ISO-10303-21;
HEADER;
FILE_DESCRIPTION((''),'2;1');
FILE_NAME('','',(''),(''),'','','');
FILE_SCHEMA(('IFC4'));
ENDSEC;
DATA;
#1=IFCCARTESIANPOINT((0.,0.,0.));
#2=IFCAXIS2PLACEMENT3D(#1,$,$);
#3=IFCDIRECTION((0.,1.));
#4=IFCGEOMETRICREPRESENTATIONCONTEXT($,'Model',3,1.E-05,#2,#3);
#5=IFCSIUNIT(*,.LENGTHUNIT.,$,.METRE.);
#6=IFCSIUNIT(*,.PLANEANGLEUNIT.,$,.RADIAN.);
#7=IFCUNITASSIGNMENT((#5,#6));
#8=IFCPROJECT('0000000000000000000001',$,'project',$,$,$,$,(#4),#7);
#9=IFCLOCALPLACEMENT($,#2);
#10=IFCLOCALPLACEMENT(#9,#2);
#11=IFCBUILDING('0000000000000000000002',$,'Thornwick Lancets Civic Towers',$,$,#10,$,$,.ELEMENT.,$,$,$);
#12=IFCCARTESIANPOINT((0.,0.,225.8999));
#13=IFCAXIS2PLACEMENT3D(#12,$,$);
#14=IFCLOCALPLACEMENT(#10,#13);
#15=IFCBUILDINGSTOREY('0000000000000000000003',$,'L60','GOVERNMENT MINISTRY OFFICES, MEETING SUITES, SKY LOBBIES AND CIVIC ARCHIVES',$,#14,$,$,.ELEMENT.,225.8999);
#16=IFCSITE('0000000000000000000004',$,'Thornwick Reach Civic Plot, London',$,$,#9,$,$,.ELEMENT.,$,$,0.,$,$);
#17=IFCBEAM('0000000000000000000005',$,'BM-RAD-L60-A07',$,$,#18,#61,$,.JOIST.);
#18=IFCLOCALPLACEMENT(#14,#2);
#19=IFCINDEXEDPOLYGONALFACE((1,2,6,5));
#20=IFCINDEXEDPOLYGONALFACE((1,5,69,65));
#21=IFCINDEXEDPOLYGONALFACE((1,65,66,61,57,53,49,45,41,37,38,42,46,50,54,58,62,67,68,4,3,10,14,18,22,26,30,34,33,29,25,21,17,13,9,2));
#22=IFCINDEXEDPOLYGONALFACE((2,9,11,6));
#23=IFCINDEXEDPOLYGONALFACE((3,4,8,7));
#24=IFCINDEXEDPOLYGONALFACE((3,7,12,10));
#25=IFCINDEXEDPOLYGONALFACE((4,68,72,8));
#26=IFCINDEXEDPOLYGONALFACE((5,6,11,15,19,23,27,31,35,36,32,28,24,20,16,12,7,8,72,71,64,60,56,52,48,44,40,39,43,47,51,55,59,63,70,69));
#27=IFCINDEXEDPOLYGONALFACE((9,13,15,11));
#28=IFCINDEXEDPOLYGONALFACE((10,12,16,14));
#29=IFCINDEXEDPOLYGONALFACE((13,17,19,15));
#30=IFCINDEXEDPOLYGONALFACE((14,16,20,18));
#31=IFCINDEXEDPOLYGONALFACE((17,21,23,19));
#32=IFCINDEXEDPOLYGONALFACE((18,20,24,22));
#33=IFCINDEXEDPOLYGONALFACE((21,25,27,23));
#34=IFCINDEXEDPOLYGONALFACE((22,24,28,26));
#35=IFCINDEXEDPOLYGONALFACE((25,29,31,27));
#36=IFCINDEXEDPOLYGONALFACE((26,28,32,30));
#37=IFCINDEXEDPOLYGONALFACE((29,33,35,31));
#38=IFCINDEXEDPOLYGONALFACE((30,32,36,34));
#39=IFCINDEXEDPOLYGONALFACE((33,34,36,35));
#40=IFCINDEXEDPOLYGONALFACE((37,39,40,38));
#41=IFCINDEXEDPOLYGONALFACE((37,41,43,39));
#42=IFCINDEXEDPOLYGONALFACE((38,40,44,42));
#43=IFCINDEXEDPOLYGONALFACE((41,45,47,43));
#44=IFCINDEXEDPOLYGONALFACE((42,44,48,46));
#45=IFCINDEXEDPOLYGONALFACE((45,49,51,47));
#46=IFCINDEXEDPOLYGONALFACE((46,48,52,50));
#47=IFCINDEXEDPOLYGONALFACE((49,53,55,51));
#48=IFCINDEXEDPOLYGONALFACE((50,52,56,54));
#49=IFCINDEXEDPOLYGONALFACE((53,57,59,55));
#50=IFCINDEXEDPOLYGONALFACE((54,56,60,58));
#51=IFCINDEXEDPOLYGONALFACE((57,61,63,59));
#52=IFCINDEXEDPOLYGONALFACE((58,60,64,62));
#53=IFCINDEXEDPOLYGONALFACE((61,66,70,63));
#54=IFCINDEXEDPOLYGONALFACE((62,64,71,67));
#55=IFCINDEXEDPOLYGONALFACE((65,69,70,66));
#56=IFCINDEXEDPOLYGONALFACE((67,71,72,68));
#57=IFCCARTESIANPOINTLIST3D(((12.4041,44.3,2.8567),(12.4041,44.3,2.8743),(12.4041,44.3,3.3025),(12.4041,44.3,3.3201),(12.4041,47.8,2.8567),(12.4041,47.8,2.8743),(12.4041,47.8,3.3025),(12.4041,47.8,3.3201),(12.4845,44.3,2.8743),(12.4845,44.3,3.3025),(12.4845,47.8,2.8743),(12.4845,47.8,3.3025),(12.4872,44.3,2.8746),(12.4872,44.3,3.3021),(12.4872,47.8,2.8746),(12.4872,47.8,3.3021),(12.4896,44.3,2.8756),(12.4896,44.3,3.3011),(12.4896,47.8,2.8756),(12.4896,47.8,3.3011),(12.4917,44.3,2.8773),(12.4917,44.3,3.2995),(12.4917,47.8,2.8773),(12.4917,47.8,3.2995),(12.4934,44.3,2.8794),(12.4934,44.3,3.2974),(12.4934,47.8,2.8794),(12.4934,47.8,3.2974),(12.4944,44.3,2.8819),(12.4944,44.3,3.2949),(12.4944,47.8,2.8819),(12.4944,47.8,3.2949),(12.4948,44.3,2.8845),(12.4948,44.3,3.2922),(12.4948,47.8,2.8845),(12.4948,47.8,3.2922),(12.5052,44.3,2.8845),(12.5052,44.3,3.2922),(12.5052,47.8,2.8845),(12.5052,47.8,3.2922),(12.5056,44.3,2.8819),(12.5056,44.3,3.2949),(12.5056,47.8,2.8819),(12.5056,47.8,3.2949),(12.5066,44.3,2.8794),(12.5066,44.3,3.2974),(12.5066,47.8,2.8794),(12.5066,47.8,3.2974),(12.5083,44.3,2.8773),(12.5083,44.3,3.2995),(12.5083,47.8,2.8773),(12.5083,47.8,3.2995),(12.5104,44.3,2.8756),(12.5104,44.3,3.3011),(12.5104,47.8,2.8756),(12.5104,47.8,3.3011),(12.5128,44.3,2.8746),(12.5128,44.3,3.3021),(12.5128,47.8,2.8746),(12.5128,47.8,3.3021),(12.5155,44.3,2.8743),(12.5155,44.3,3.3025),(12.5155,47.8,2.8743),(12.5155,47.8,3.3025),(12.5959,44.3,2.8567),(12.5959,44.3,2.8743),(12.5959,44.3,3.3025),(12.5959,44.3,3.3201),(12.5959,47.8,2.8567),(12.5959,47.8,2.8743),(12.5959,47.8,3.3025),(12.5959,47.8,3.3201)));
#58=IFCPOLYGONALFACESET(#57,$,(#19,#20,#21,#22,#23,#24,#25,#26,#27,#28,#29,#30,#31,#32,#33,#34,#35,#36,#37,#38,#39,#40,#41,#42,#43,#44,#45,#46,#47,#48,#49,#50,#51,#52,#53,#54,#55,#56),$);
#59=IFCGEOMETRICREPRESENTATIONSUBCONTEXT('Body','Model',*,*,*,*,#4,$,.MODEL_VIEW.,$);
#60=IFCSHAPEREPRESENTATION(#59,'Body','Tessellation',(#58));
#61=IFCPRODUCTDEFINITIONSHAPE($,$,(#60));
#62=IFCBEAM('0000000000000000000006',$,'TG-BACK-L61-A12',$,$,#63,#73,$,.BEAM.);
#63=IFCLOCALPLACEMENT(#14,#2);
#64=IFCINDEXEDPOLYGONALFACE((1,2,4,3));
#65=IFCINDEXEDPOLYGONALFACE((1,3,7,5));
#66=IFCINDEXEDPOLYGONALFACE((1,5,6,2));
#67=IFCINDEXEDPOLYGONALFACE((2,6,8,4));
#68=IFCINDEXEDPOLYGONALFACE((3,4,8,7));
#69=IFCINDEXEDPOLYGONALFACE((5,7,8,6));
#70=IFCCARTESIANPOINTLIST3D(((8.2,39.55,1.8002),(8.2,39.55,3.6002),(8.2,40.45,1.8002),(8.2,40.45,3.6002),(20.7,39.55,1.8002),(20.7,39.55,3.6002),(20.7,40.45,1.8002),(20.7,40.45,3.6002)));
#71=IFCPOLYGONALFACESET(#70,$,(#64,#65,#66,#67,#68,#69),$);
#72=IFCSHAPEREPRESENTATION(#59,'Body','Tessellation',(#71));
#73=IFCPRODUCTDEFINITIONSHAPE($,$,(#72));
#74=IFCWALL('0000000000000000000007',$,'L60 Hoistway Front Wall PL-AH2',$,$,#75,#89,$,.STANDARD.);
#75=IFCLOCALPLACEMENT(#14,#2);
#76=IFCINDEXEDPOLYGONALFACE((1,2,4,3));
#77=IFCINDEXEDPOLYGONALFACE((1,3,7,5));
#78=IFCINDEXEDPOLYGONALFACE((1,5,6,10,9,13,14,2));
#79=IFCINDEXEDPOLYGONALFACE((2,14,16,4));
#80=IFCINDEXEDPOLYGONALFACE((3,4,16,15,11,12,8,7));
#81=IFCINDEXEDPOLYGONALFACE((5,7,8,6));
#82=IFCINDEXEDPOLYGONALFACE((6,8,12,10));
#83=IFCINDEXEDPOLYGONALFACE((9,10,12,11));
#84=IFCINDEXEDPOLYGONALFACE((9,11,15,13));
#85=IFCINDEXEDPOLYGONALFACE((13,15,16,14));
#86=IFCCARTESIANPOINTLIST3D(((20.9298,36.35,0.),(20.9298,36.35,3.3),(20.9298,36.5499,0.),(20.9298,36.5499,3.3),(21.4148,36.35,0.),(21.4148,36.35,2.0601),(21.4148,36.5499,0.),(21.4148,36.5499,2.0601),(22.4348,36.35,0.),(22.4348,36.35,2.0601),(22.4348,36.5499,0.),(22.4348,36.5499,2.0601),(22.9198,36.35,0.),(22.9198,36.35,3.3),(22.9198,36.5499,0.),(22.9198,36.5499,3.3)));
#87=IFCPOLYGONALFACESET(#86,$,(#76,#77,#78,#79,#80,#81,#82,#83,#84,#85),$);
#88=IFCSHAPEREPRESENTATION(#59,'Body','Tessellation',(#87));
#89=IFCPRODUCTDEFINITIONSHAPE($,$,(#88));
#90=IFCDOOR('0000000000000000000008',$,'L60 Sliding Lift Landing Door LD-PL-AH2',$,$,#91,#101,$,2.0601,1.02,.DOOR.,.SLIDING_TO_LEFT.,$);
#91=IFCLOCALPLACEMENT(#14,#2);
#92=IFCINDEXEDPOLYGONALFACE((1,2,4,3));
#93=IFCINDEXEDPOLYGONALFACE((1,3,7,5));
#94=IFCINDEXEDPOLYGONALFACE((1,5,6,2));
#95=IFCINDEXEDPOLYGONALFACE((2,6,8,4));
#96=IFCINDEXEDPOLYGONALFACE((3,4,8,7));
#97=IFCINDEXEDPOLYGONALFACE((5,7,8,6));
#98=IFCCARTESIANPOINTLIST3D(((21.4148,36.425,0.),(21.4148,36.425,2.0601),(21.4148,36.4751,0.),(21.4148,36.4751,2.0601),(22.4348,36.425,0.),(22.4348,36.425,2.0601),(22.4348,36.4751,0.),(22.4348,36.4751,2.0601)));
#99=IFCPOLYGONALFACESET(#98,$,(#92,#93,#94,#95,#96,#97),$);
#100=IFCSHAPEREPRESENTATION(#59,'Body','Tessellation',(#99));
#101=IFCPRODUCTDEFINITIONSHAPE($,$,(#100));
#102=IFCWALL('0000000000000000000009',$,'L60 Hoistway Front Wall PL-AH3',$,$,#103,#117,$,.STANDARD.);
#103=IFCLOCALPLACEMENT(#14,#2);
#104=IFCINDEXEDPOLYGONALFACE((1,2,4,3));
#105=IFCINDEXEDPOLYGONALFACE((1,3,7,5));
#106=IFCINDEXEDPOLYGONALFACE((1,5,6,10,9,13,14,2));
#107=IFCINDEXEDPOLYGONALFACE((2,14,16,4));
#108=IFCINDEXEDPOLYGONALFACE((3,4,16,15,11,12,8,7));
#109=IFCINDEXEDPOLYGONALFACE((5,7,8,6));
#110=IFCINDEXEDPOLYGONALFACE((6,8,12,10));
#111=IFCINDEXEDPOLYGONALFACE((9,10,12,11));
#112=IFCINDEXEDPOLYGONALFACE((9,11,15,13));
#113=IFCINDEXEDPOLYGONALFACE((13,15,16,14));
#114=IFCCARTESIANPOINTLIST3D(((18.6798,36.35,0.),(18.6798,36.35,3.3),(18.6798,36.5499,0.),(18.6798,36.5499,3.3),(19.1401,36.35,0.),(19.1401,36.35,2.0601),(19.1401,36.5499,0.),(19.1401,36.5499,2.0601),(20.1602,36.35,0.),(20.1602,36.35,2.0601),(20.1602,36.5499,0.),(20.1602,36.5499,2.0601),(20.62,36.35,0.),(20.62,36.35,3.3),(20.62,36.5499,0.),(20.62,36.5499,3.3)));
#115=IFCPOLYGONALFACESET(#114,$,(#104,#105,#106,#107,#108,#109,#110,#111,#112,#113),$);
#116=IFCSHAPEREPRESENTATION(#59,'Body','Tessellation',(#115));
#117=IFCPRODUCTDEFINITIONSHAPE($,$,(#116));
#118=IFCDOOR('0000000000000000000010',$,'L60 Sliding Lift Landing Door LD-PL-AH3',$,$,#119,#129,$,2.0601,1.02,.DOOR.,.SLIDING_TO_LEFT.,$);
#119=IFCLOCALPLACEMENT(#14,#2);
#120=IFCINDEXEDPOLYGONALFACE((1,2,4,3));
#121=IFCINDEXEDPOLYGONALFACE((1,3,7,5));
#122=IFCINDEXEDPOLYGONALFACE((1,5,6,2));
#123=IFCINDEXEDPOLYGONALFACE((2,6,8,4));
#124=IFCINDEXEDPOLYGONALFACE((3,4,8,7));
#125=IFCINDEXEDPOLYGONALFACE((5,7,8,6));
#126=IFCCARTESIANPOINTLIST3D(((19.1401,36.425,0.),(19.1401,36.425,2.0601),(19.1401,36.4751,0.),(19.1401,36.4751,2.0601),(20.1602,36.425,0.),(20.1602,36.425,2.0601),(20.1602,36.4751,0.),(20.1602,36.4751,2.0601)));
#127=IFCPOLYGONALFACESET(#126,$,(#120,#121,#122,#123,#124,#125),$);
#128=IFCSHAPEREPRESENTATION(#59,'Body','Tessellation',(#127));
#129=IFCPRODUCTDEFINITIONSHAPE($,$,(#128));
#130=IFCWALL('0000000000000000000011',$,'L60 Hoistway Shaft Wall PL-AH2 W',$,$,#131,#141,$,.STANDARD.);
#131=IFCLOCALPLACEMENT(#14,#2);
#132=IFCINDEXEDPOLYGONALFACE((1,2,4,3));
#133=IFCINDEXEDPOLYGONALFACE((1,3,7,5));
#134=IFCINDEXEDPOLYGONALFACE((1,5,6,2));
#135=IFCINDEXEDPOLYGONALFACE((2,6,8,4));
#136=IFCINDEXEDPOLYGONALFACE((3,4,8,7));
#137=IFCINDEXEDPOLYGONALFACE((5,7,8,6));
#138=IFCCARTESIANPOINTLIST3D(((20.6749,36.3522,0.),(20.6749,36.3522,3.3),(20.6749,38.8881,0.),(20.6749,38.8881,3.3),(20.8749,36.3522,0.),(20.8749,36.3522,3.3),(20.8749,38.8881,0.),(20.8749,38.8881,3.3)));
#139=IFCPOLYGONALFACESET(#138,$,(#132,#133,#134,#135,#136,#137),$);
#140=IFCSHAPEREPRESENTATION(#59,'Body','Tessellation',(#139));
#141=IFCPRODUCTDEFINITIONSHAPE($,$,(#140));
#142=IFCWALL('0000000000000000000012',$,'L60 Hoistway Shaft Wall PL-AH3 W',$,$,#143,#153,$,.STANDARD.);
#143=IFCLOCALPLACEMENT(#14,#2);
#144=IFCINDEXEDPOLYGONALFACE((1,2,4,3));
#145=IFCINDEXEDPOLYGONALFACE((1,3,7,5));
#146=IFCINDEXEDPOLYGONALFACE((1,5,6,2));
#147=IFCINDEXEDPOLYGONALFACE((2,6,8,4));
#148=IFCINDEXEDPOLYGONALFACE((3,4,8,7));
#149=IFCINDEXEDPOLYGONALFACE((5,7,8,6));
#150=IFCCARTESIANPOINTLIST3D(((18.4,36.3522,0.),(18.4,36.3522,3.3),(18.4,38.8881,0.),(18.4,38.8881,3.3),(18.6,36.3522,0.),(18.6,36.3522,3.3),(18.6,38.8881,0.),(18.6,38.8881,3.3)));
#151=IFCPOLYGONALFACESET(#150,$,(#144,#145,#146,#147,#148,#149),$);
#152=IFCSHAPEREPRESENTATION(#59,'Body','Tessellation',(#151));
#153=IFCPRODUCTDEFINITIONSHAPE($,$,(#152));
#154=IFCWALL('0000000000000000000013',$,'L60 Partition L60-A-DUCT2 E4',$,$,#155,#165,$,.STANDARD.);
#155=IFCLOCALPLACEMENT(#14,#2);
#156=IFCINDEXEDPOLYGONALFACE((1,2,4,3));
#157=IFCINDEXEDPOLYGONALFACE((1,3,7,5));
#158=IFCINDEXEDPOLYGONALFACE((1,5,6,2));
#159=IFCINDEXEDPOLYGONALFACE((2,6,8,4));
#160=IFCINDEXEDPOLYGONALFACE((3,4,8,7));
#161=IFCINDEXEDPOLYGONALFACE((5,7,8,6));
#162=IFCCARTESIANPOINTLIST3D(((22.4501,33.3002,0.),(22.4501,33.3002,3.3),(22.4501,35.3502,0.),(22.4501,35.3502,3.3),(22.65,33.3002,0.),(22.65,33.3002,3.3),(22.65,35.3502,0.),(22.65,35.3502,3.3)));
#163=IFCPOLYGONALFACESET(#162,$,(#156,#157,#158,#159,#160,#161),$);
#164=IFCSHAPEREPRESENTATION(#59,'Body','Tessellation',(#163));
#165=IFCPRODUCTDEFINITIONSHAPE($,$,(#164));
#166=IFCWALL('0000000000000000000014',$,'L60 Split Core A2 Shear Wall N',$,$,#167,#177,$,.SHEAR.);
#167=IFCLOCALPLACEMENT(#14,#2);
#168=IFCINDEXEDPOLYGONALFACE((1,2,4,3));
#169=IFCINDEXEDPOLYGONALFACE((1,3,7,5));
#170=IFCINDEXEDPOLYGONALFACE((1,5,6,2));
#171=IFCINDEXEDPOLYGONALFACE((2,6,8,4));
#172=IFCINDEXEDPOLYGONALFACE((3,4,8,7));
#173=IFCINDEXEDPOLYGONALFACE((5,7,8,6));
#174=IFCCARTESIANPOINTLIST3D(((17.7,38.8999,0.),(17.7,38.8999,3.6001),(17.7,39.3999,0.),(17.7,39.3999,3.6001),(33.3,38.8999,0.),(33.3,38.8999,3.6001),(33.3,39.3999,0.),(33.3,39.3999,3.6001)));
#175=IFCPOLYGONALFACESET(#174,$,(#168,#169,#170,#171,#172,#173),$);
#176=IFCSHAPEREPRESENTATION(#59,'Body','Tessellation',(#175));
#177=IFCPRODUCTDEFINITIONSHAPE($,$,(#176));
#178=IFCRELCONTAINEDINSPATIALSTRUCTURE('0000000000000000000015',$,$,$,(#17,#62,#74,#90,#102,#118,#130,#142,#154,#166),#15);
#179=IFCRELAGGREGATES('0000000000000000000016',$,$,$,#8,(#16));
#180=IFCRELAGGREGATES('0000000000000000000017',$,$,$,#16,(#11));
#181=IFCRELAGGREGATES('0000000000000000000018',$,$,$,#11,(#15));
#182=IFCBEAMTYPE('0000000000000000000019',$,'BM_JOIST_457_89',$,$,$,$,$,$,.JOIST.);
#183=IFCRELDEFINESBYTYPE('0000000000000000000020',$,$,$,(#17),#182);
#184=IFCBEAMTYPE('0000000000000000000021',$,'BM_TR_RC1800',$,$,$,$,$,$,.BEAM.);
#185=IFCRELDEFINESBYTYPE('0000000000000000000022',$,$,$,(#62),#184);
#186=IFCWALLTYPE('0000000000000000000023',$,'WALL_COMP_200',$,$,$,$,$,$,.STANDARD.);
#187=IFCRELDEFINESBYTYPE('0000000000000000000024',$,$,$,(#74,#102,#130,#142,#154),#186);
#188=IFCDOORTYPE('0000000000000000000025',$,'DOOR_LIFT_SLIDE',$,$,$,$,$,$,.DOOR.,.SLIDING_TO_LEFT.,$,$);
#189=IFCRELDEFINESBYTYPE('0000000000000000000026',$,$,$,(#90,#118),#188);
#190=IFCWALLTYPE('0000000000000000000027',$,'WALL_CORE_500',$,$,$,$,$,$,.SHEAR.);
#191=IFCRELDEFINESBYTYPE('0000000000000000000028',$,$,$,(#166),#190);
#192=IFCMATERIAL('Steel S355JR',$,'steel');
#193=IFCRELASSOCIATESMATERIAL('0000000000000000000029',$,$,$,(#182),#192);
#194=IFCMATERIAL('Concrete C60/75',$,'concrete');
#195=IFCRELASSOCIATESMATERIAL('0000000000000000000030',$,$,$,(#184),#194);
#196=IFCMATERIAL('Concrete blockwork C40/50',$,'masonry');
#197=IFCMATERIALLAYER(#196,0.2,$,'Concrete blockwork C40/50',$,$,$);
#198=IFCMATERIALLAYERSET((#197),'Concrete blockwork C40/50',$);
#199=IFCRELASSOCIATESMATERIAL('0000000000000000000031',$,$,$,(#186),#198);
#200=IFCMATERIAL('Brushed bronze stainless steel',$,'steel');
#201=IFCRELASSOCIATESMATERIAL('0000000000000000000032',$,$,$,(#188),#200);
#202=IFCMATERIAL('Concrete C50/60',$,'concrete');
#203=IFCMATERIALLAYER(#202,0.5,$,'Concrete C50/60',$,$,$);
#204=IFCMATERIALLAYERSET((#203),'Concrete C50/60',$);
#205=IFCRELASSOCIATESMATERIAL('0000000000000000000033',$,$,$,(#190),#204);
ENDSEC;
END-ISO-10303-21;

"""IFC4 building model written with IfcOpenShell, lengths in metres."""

from ifc_helpers import new_model, si_unit, direction, frame, frame_2d, origin, origin_2d, place, context, subcontext, project, spatial, rectangle, i_section, extrude, material, layer, layer_set, material_profile, profile_set, type_object, element, fill, save


model = new_model("IFC4")

# Units and contexts
model_context = context("Model", 3, precision=1e-05, world=origin(), true_north=direction((0.0, 1.0)))
body_context = subcontext(model_context, "Body", "Model", "MODEL_VIEW")
ifc_project = project(units=[si_unit("LENGTHUNIT", "METRE"), si_unit("PLANEANGLEUNIT", "RADIAN")], contexts=[model_context])

# Site, building, storey
site_placement = place(None, origin())
site = spatial("IfcSite", under=ifc_project, at=site_placement, Name="Thornwick Reach Civic Plot, London", CompositionType="ELEMENT", RefElevation=0.0)
building_placement = place(site_placement, origin())
building = spatial("IfcBuilding", under=site, at=building_placement, Name="Thornwick Lancets Civic Towers", CompositionType="ELEMENT")
storey_placement = place(building_placement, frame((0.0, 0.0, 225.8999)))
storey = spatial("IfcBuildingStorey", under=building, at=storey_placement, Name="L60", Description="GOVERNMENT MINISTRY OFFICES, MEETING SUITES, SKY LOBBIES AND CIVIC ARCHIVES", CompositionType="ELEMENT", Elevation=225.8999)

# Shared definitions
ifc_material_1 = material(Name="Concrete C50/60", Category="concrete")
ifc_material_2 = material(Name="Steel S355JR", Category="steel")

# Beams
ifc_material_profile_1 = material_profile(ifc_material_2, i_section(OverallWidth=0.1919, OverallDepth=0.4634, WebThickness=0.0105, FlangeThickness=0.0176, FilletRadius=0.0103, at=origin_2d()), Name="UKB 457x191x89")
ifc_profile_set_1 = profile_set([ifc_material_profile_1], Name="Steel S355JR")
beam_type_1 = type_object("IfcBeamType", Name="BM_JOIST_457_89", PredefinedType="JOIST", material=ifc_profile_set_1)
beam_1_placement = place(storey_placement, frame((12.5, 44.3, 3.0884), z_axis=(0.0, 1.0, 0.0), x_axis=(-1.0, 0.0, 0.0)))
element("IfcBeam", 1, at=beam_1_placement, inside=storey, type_object=beam_type_1, Name="BM-RAD-L60-A07", PredefinedType="JOIST", context=body_context, shape_type="SweptSolid", body=[
    extrude(i_section(OverallWidth=0.1919, OverallDepth=0.4634, WebThickness=0.0105, FlangeThickness=0.0176, FilletRadius=0.0103, at=origin_2d()), origin(), (0.0, 0.0, 1.0), 3.5),
])
ifc_material_3 = material(Name="Concrete C60/75", Category="concrete")
ifc_material_profile_2 = material_profile(ifc_material_3, rectangle(XDim=0.8999, YDim=1.8, at=origin_2d()), Name="RC 900x1800")
ifc_profile_set_2 = profile_set([ifc_material_profile_2], Name="Concrete C60/75")
beam_type_2 = type_object("IfcBeamType", Name="BM_TR_RC1800", PredefinedType="BEAM", material=ifc_profile_set_2)
beam_2_placement = place(storey_placement, frame((20.7, 40.0, 2.7002), z_axis=(-1.0, 0.0, 0.0), x_axis=(0.0, -1.0, 0.0)))
element("IfcBeam", 2, at=beam_2_placement, inside=storey, type_object=beam_type_2, Name="TG-BACK-L61-A12", PredefinedType="BEAM", context=body_context, shape_type="SweptSolid", body=[
    extrude(rectangle(XDim=0.8999, YDim=1.8, at=origin_2d()), origin(), (0.0, 0.0, 1.0), 12.5),
])

# Walls, openings, doors
ifc_material_4 = material(Name="Concrete blockwork C40/50", Category="masonry")
ifc_layer_1 = layer(ifc_material_4, 0.2, Name="Concrete blockwork C40/50")
ifc_layer_set_1 = layer_set([ifc_layer_1], Name="Concrete blockwork C40/50")
wall_type_1 = type_object("IfcWallType", Name="WALL_COMP_200", PredefinedType="STANDARD", material=ifc_layer_set_1)
wall_1_placement = place(storey_placement, frame((22.9199, 36.45, 0.0), z_axis=(0.0, 0.0, 1.0), x_axis=(-1.0, 0.0, 0.0)))
wall_1 = element("IfcWall", 3, at=wall_1_placement, inside=storey, type_object=wall_type_1, Name="L60 Hoistway Front Wall PL-AH2", PredefinedType="STANDARD", context=body_context, shape_type="SweptSolid", body=[
    extrude(rectangle(XDim=1.99, YDim=0.2, at=frame_2d((0.9951, 0.0))), origin(), (0.0, 0.0, 1.0), 3.3),
])
opening_1_placement = place(wall_1_placement, frame((0.4851, 0.0, 0.0)))
opening_1 = element("IfcOpeningElement", 4, at=opening_1_placement, cuts=wall_1, PredefinedType="OPENING", context=body_context, shape_type="SweptSolid", body=[
    extrude(rectangle(XDim=1.02, YDim=2.0601, at=frame_2d((0.51, 1.03))), frame((0.0, 0.1099, 0.0), z_axis=(0.0, -1.0, 0.0), x_axis=(1.0, 0.0, 0.0)), (0.0, 0.0, 1.0), 0.22),
])
ifc_material_5 = material(Name="Brushed bronze stainless steel", Category="steel")
door_type = type_object("IfcDoorType", Name="DOOR_LIFT_SLIDE", OperationType="SLIDING_TO_LEFT", PredefinedType="DOOR", material=ifc_material_5)
door_1_placement = place(opening_1_placement, origin())
door_1 = element("IfcDoor", 5, at=door_1_placement, inside=storey, type_object=door_type, Name="L60 Sliding Lift Landing Door LD-PL-AH2", OperationType="SLIDING_TO_LEFT", OverallHeight=2.0601, OverallWidth=1.02, PredefinedType="DOOR", context=body_context, shape_type="SweptSolid", body=[
    extrude(rectangle(XDim=1.02, YDim=2.0601, at=frame_2d((0.51, 1.03))), frame((0.0, 0.0249, 0.0), z_axis=(0.0, -1.0, 0.0), x_axis=(1.0, 0.0, 0.0)), (0.0, 0.0, 1.0), 0.05),
])
fill(opening_1, door_1)
wall_2_placement = place(storey_placement, frame((20.6201, 36.45, 0.0), z_axis=(0.0, 0.0, 1.0), x_axis=(-1.0, 0.0, 0.0)))
wall_2 = element("IfcWall", 6, at=wall_2_placement, inside=storey, type_object=wall_type_1, Name="L60 Hoistway Front Wall PL-AH3", PredefinedType="STANDARD", context=body_context, shape_type="SweptSolid", body=[
    extrude(rectangle(XDim=1.9402, YDim=0.2, at=frame_2d((0.9702, 0.0))), origin(), (0.0, 0.0, 1.0), 3.3),
])
opening_2_placement = place(wall_2_placement, frame((0.46, 0.0, 0.0)))
opening_2 = element("IfcOpeningElement", 7, at=opening_2_placement, cuts=wall_2, PredefinedType="OPENING", context=body_context, shape_type="SweptSolid", body=[
    extrude(rectangle(XDim=1.02, YDim=2.0601, at=frame_2d((0.51, 1.03))), frame((0.0, 0.1099, 0.0), z_axis=(0.0, -1.0, 0.0), x_axis=(1.0, 0.0, 0.0)), (0.0, 0.0, 1.0), 0.22),
])
door_2_placement = place(opening_2_placement, origin())
door_2 = element("IfcDoor", 8, at=door_2_placement, inside=storey, type_object=door_type, Name="L60 Sliding Lift Landing Door LD-PL-AH3", OperationType="SLIDING_TO_LEFT", OverallHeight=2.0601, OverallWidth=1.02, PredefinedType="DOOR", context=body_context, shape_type="SweptSolid", body=[
    extrude(rectangle(XDim=1.02, YDim=2.0601, at=frame_2d((0.51, 1.03))), frame((0.0, 0.0249, 0.0), z_axis=(0.0, -1.0, 0.0), x_axis=(1.0, 0.0, 0.0)), (0.0, 0.0, 1.0), 0.05),
])
fill(opening_2, door_2)

# Walls
for number, where, z_axis, x_axis, name in (
    (9, (20.7749, 36.3521, 0.0), (0.0, 0.0, 1.0), (0.0, 1.0, 0.0), "L60 Hoistway Shaft Wall PL-AH2 W"),
    (10, (18.5, 36.3521, 0.0), (0.0, 0.0, 1.0), (0.0, 1.0, 0.0), "L60 Hoistway Shaft Wall PL-AH3 W"),
):
    element("IfcWall", number, at=place(storey_placement, frame(where, z_axis=z_axis, x_axis=x_axis)), inside=storey, type_object=wall_type_1, Name=name, PredefinedType="STANDARD", context=body_context, shape_type="SweptSolid", body=[
        extrude(rectangle(XDim=2.5359, YDim=0.2, at=frame_2d((1.2681, 0.0))), origin(), (0.0, 0.0, 1.0), 3.3),
    ])
wall_3_placement = place(storey_placement, frame((22.55, 35.3501, 0.0), z_axis=(0.0, 0.0, 1.0), x_axis=(0.0, -1.0, 0.0)))
element("IfcWall", 11, at=wall_3_placement, inside=storey, type_object=wall_type_1, Name="L60 Partition L60-A-DUCT2 E4", PredefinedType="STANDARD", context=body_context, shape_type="SweptSolid", body=[
    extrude(rectangle(XDim=2.05, YDim=0.2, at=frame_2d((1.0249, 0.0))), origin(), (0.0, 0.0, 1.0), 3.3),
])
ifc_layer_2 = layer(ifc_material_1, 0.5, Name="Concrete C50/60")
ifc_layer_set_2 = layer_set([ifc_layer_2], Name="Concrete C50/60")
wall_type_2 = type_object("IfcWallType", Name="WALL_CORE_500", PredefinedType="SHEAR", material=ifc_layer_set_2)
wall_4_placement = place(storey_placement, frame((17.7, 39.1499, 0.0), z_axis=(0.0, 0.0, 1.0), x_axis=(1.0, 0.0, 0.0)))
element("IfcWall", 12, at=wall_4_placement, inside=storey, type_object=wall_type_2, Name="L60 Split Core A2 Shear Wall N", PredefinedType="SHEAR", context=body_context, shape_type="SweptSolid", body=[
    extrude(rectangle(XDim=15.6001, YDim=0.5, at=frame_2d((7.8, 0.0))), origin(), (0.0, 0.0, 1.0), 3.6001),
])

save(model, "model.ifc")
